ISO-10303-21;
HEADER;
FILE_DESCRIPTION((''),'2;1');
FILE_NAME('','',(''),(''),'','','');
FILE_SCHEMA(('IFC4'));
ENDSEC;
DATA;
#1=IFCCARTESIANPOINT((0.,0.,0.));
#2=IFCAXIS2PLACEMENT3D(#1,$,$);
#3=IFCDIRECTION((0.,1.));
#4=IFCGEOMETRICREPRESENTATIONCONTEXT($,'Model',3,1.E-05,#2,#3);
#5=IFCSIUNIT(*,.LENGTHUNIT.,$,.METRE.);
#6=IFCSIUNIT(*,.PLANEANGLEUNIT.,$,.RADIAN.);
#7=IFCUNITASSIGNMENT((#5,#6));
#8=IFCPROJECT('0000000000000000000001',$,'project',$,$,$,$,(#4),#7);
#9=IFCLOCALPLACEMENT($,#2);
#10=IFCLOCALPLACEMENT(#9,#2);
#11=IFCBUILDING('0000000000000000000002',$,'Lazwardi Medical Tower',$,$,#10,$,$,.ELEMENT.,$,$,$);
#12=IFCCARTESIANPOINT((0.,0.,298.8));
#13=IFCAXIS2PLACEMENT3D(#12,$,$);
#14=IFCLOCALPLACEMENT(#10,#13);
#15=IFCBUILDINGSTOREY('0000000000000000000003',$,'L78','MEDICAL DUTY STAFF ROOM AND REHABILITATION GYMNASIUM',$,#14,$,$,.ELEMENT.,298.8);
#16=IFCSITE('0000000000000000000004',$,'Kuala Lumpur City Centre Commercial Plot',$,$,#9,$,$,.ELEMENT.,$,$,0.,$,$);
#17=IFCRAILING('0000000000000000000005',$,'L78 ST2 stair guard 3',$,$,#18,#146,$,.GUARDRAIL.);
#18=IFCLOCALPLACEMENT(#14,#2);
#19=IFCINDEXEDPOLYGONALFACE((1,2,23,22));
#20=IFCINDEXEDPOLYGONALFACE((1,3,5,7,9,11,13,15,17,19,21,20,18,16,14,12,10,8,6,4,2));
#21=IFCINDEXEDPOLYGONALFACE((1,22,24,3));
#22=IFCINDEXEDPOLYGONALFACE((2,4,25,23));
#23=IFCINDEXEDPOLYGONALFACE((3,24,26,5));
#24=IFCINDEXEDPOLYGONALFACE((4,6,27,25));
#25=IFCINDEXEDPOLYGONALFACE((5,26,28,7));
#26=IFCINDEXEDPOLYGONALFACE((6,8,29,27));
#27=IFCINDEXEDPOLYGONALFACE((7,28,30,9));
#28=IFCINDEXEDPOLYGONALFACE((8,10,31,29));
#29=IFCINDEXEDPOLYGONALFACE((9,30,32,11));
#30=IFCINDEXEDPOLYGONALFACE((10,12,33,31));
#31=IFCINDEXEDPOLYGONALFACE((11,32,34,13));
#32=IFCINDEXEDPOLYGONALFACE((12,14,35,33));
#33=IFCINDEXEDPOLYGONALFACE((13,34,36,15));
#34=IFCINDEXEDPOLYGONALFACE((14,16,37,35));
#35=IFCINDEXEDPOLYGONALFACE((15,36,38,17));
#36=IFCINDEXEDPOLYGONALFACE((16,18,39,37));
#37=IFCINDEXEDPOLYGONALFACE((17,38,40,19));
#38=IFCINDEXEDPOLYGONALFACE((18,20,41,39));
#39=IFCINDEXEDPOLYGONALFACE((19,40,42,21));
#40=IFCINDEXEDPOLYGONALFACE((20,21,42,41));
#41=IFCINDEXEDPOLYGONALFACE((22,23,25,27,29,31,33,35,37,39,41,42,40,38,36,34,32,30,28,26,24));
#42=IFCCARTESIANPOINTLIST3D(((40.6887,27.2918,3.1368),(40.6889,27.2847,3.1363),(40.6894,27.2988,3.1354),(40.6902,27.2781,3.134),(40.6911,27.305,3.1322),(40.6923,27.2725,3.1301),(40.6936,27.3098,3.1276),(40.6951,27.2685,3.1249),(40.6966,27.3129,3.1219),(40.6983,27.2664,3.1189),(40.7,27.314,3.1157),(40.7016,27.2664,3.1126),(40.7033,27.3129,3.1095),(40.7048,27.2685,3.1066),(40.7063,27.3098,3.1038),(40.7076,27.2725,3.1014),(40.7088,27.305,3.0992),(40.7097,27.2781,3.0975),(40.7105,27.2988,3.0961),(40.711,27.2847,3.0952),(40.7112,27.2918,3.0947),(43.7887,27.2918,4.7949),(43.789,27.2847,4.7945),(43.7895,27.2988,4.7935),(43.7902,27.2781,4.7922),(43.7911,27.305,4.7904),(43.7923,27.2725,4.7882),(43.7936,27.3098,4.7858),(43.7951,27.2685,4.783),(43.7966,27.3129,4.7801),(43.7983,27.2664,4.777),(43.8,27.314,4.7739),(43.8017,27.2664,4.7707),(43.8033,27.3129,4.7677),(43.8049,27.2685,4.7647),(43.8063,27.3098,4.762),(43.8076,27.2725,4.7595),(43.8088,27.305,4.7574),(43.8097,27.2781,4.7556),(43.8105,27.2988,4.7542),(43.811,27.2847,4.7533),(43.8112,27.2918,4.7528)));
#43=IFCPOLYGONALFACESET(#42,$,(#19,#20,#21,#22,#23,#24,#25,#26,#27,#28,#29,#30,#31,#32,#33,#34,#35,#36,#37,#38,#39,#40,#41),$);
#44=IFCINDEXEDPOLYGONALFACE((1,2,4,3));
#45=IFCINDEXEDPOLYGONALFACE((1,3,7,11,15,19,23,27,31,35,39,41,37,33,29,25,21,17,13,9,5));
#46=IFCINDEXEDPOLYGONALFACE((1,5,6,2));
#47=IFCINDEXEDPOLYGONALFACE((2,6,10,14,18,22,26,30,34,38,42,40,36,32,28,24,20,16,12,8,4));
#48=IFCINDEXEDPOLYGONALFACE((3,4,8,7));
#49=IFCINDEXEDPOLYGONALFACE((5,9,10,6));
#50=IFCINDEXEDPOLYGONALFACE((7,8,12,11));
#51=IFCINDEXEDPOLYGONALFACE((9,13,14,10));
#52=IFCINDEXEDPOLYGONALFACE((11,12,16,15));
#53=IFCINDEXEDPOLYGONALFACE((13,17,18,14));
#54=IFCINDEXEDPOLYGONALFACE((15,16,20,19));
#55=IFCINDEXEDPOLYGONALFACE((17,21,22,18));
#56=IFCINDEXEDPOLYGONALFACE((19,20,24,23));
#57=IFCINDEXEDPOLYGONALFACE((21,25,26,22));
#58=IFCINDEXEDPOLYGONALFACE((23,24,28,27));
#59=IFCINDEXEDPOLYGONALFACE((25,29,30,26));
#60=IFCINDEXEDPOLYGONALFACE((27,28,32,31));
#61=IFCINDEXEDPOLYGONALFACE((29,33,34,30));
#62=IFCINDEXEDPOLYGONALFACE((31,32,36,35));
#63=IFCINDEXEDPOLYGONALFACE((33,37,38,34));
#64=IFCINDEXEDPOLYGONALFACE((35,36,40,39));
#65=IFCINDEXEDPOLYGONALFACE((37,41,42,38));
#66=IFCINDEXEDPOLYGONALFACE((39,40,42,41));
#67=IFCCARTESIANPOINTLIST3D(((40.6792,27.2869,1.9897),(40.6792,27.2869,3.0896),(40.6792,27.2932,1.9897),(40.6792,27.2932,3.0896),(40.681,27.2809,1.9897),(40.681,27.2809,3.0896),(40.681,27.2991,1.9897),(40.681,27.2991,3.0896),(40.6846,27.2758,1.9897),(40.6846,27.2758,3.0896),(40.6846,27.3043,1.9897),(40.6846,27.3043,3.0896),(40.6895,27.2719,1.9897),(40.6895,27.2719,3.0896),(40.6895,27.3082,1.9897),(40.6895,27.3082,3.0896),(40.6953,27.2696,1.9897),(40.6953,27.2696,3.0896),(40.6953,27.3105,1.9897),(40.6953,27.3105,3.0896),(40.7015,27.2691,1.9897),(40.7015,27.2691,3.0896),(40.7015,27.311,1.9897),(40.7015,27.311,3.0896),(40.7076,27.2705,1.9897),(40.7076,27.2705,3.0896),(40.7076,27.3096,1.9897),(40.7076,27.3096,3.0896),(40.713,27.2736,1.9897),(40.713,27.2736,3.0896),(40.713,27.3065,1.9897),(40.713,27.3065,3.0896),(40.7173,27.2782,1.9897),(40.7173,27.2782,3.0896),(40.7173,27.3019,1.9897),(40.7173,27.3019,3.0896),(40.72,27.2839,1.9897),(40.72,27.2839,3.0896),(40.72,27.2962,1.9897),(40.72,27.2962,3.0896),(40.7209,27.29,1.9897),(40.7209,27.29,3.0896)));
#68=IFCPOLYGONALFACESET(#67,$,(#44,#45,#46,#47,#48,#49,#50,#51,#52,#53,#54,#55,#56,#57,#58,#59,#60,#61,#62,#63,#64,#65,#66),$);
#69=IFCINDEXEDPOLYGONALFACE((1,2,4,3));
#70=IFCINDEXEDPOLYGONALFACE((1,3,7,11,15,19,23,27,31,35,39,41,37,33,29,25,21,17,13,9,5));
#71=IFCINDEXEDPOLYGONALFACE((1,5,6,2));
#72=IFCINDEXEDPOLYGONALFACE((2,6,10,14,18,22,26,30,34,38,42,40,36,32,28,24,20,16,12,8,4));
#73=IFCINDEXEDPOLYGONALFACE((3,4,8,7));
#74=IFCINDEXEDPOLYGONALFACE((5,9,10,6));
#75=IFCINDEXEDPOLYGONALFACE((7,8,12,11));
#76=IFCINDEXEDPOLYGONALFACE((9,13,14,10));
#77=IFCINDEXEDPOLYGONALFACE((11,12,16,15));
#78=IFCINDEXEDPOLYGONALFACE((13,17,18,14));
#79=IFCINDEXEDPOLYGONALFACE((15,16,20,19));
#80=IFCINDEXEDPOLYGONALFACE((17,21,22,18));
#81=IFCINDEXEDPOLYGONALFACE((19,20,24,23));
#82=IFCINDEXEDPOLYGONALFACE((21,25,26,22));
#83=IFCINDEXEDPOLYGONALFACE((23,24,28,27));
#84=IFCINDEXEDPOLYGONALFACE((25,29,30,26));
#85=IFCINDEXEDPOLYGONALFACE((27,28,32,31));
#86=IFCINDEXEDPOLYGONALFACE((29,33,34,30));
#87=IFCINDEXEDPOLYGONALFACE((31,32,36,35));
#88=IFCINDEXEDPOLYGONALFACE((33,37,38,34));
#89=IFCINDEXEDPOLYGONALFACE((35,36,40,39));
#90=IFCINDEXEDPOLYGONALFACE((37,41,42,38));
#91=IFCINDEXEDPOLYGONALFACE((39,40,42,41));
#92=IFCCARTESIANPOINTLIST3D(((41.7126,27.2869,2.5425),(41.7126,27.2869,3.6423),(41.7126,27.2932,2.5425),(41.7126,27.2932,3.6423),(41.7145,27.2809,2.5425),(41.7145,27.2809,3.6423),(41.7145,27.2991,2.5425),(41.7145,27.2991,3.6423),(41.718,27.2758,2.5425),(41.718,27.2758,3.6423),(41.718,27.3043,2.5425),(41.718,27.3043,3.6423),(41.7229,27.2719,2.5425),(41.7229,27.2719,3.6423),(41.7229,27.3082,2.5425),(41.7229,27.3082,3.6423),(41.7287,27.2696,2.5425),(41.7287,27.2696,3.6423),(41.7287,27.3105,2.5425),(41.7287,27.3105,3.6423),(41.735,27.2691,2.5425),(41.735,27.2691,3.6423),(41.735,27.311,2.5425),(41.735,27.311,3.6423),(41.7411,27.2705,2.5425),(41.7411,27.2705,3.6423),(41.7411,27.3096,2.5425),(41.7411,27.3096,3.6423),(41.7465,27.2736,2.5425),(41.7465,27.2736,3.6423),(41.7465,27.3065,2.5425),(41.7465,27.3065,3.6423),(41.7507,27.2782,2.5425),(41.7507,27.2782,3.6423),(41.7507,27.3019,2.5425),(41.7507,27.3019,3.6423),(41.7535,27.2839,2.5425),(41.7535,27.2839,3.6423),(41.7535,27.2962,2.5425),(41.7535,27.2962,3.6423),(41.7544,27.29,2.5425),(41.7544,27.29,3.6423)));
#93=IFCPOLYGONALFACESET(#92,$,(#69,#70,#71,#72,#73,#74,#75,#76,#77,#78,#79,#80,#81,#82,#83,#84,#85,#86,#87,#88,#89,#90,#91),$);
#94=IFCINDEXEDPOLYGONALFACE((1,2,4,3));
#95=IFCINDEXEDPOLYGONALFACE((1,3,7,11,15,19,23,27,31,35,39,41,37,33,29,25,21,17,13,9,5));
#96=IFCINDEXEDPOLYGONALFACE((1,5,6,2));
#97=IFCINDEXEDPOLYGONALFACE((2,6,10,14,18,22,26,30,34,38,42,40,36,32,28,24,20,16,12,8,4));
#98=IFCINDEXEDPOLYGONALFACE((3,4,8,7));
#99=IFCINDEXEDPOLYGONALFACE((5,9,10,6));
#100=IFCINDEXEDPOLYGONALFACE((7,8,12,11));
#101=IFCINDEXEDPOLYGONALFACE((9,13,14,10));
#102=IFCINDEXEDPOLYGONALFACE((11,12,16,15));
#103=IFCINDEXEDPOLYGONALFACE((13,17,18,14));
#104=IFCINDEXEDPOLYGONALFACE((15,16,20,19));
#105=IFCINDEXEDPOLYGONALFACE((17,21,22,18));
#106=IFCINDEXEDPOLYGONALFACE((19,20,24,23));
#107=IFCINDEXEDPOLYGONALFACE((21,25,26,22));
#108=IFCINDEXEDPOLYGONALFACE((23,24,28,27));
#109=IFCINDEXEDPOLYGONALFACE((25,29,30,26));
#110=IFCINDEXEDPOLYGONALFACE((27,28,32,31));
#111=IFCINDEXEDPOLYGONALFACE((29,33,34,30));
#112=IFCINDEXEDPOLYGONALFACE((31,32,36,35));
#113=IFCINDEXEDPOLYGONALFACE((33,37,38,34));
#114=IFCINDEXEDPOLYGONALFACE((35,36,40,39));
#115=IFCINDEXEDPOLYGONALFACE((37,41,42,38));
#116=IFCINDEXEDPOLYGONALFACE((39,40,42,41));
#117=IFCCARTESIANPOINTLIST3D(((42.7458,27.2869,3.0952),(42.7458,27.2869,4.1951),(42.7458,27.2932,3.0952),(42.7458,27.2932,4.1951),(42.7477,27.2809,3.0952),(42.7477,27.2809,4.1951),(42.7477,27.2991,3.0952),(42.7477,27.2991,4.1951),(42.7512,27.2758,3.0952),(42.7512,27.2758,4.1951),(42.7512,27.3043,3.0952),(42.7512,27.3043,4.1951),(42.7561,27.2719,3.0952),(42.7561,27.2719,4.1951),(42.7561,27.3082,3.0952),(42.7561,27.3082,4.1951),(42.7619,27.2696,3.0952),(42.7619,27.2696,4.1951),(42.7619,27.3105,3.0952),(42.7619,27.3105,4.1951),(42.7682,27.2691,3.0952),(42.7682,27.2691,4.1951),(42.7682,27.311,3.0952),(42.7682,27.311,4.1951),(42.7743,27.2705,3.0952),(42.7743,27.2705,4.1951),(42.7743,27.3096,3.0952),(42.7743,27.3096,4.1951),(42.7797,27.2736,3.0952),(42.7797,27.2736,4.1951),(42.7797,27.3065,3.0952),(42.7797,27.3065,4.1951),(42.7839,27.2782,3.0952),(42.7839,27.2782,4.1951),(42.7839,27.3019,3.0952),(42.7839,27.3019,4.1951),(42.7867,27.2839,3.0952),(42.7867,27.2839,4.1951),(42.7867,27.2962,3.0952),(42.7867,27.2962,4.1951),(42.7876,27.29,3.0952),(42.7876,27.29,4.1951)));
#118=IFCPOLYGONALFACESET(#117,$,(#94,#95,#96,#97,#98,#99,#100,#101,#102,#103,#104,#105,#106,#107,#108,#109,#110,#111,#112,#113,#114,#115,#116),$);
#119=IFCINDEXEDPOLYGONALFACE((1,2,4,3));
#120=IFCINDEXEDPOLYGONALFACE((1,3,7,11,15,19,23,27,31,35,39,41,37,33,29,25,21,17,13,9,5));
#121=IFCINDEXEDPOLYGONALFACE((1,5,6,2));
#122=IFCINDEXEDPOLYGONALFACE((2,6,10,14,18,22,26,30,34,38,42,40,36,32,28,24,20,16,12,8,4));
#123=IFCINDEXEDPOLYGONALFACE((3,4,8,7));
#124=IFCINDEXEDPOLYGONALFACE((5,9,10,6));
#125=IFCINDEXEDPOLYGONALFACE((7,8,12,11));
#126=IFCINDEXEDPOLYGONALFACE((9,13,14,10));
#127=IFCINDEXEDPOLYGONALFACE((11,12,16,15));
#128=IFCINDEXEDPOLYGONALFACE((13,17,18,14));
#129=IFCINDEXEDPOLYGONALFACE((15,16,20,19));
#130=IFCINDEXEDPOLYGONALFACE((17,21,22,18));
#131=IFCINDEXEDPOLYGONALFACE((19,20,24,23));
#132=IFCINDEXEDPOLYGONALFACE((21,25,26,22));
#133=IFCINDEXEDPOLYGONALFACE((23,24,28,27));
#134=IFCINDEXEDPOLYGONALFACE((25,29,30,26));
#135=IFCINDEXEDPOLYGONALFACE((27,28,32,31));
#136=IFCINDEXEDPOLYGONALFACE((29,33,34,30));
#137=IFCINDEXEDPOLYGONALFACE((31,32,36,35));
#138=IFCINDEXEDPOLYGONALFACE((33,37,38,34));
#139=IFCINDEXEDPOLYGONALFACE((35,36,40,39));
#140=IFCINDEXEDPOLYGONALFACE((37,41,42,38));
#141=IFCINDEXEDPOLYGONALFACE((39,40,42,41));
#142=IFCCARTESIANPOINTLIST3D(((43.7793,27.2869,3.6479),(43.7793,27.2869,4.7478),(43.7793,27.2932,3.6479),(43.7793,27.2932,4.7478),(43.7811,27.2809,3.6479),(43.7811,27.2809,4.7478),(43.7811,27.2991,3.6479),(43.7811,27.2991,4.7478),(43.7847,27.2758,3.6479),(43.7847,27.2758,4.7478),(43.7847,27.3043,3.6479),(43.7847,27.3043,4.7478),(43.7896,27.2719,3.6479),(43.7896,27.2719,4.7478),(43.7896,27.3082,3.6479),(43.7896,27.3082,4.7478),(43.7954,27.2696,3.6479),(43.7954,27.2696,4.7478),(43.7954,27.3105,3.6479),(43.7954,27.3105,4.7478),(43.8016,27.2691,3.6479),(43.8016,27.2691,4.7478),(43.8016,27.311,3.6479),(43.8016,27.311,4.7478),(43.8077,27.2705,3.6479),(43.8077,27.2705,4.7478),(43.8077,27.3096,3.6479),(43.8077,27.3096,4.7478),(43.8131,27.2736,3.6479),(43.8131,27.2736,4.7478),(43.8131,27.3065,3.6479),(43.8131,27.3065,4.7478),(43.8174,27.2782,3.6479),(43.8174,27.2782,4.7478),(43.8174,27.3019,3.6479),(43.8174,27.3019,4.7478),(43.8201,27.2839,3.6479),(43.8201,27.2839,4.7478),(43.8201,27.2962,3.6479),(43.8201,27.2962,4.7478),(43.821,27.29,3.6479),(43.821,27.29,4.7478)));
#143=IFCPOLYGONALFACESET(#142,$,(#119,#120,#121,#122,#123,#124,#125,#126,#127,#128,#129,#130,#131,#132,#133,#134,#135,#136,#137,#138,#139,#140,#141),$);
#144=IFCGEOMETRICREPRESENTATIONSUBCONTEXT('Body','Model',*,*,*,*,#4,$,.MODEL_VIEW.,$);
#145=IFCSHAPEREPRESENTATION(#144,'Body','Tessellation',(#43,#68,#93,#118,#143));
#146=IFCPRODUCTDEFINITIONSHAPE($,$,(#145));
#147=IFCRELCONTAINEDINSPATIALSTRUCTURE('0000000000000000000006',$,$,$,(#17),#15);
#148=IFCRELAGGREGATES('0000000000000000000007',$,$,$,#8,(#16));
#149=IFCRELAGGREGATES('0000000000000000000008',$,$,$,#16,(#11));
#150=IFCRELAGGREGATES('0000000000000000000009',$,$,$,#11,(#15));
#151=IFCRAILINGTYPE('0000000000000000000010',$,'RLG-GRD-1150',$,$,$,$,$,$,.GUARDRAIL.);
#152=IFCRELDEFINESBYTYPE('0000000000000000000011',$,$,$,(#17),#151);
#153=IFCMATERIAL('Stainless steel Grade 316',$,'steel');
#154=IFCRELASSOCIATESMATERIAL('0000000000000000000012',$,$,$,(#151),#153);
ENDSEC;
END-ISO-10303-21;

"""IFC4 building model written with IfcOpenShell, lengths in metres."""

from ifc_helpers import new_model, si_unit, direction, frame, origin, origin_2d, place, context, subcontext, project, spatial, circle, extrude, material, type_object, element, save


model = new_model("IFC4")

# Units and contexts
model_context = context("Model", 3, precision=1e-05, world=origin(), true_north=direction((0.0, 1.0)))
body_context = subcontext(model_context, "Body", "Model", "MODEL_VIEW")
ifc_project = project(units=[si_unit("LENGTHUNIT", "METRE"), si_unit("PLANEANGLEUNIT", "RADIAN")], contexts=[model_context])

# Site, building, storey
site_placement = place(None, origin())
site = spatial("IfcSite", under=ifc_project, at=site_placement, Name="Kuala Lumpur City Centre Commercial Plot", CompositionType="ELEMENT", RefElevation=0.0)
building_placement = place(site_placement, origin())
building = spatial("IfcBuilding", under=site, at=building_placement, Name="Lazwardi Medical Tower", CompositionType="ELEMENT")
storey_placement = place(building_placement, frame((0.0, 0.0, 298.8)))
storey = spatial("IfcBuildingStorey", under=building, at=storey_placement, Name="L78", Description="MEDICAL DUTY STAFF ROOM AND REHABILITATION GYMNASIUM", CompositionType="ELEMENT", Elevation=298.8)

# Railing
ifc_material_1 = material(Name="Stainless steel Grade 316", Category="steel")
railing_type_1 = type_object("IfcRailingType", Name="RLG-GRD-1150", PredefinedType="GUARDRAIL", material=ifc_material_1)
railing_1_placement = place(storey_placement, frame((40.7, 27.29, 1.9897)))
element("IfcRailing", 1, at=railing_1_placement, inside=storey, type_object=railing_type_1, Name="L78 ST2 stair guard 3", PredefinedType="GUARDRAIL", context=body_context, shape_type="SweptSolid", body=[
    extrude(circle(Radius=0.0239, at=origin_2d()), frame((0.0, 0.0, 1.126), z_axis=(0.881783, 0.0, 0.471655), x_axis=(0.0, 1.0, 0.0)), (0.0, 0.0, 1.0), 3.5156),
    extrude(circle(Radius=0.021, at=origin_2d()), origin(), (0.0, 0.0, 1.0), 1.0999),
    extrude(circle(Radius=0.021, at=origin_2d()), frame((1.0334, 0.0, 0.5527)), (0.0, 0.0, 1.0), 1.0999),
    extrude(circle(Radius=0.021, at=origin_2d()), frame((2.0667, 0.0, 1.1055)), (0.0, 0.0, 1.0), 1.0999),
    extrude(circle(Radius=0.021, at=origin_2d()), frame((3.1001, 0.0, 1.6582)), (0.0, 0.0, 1.0), 1.0999),
])

save(model, "model.ifc")
